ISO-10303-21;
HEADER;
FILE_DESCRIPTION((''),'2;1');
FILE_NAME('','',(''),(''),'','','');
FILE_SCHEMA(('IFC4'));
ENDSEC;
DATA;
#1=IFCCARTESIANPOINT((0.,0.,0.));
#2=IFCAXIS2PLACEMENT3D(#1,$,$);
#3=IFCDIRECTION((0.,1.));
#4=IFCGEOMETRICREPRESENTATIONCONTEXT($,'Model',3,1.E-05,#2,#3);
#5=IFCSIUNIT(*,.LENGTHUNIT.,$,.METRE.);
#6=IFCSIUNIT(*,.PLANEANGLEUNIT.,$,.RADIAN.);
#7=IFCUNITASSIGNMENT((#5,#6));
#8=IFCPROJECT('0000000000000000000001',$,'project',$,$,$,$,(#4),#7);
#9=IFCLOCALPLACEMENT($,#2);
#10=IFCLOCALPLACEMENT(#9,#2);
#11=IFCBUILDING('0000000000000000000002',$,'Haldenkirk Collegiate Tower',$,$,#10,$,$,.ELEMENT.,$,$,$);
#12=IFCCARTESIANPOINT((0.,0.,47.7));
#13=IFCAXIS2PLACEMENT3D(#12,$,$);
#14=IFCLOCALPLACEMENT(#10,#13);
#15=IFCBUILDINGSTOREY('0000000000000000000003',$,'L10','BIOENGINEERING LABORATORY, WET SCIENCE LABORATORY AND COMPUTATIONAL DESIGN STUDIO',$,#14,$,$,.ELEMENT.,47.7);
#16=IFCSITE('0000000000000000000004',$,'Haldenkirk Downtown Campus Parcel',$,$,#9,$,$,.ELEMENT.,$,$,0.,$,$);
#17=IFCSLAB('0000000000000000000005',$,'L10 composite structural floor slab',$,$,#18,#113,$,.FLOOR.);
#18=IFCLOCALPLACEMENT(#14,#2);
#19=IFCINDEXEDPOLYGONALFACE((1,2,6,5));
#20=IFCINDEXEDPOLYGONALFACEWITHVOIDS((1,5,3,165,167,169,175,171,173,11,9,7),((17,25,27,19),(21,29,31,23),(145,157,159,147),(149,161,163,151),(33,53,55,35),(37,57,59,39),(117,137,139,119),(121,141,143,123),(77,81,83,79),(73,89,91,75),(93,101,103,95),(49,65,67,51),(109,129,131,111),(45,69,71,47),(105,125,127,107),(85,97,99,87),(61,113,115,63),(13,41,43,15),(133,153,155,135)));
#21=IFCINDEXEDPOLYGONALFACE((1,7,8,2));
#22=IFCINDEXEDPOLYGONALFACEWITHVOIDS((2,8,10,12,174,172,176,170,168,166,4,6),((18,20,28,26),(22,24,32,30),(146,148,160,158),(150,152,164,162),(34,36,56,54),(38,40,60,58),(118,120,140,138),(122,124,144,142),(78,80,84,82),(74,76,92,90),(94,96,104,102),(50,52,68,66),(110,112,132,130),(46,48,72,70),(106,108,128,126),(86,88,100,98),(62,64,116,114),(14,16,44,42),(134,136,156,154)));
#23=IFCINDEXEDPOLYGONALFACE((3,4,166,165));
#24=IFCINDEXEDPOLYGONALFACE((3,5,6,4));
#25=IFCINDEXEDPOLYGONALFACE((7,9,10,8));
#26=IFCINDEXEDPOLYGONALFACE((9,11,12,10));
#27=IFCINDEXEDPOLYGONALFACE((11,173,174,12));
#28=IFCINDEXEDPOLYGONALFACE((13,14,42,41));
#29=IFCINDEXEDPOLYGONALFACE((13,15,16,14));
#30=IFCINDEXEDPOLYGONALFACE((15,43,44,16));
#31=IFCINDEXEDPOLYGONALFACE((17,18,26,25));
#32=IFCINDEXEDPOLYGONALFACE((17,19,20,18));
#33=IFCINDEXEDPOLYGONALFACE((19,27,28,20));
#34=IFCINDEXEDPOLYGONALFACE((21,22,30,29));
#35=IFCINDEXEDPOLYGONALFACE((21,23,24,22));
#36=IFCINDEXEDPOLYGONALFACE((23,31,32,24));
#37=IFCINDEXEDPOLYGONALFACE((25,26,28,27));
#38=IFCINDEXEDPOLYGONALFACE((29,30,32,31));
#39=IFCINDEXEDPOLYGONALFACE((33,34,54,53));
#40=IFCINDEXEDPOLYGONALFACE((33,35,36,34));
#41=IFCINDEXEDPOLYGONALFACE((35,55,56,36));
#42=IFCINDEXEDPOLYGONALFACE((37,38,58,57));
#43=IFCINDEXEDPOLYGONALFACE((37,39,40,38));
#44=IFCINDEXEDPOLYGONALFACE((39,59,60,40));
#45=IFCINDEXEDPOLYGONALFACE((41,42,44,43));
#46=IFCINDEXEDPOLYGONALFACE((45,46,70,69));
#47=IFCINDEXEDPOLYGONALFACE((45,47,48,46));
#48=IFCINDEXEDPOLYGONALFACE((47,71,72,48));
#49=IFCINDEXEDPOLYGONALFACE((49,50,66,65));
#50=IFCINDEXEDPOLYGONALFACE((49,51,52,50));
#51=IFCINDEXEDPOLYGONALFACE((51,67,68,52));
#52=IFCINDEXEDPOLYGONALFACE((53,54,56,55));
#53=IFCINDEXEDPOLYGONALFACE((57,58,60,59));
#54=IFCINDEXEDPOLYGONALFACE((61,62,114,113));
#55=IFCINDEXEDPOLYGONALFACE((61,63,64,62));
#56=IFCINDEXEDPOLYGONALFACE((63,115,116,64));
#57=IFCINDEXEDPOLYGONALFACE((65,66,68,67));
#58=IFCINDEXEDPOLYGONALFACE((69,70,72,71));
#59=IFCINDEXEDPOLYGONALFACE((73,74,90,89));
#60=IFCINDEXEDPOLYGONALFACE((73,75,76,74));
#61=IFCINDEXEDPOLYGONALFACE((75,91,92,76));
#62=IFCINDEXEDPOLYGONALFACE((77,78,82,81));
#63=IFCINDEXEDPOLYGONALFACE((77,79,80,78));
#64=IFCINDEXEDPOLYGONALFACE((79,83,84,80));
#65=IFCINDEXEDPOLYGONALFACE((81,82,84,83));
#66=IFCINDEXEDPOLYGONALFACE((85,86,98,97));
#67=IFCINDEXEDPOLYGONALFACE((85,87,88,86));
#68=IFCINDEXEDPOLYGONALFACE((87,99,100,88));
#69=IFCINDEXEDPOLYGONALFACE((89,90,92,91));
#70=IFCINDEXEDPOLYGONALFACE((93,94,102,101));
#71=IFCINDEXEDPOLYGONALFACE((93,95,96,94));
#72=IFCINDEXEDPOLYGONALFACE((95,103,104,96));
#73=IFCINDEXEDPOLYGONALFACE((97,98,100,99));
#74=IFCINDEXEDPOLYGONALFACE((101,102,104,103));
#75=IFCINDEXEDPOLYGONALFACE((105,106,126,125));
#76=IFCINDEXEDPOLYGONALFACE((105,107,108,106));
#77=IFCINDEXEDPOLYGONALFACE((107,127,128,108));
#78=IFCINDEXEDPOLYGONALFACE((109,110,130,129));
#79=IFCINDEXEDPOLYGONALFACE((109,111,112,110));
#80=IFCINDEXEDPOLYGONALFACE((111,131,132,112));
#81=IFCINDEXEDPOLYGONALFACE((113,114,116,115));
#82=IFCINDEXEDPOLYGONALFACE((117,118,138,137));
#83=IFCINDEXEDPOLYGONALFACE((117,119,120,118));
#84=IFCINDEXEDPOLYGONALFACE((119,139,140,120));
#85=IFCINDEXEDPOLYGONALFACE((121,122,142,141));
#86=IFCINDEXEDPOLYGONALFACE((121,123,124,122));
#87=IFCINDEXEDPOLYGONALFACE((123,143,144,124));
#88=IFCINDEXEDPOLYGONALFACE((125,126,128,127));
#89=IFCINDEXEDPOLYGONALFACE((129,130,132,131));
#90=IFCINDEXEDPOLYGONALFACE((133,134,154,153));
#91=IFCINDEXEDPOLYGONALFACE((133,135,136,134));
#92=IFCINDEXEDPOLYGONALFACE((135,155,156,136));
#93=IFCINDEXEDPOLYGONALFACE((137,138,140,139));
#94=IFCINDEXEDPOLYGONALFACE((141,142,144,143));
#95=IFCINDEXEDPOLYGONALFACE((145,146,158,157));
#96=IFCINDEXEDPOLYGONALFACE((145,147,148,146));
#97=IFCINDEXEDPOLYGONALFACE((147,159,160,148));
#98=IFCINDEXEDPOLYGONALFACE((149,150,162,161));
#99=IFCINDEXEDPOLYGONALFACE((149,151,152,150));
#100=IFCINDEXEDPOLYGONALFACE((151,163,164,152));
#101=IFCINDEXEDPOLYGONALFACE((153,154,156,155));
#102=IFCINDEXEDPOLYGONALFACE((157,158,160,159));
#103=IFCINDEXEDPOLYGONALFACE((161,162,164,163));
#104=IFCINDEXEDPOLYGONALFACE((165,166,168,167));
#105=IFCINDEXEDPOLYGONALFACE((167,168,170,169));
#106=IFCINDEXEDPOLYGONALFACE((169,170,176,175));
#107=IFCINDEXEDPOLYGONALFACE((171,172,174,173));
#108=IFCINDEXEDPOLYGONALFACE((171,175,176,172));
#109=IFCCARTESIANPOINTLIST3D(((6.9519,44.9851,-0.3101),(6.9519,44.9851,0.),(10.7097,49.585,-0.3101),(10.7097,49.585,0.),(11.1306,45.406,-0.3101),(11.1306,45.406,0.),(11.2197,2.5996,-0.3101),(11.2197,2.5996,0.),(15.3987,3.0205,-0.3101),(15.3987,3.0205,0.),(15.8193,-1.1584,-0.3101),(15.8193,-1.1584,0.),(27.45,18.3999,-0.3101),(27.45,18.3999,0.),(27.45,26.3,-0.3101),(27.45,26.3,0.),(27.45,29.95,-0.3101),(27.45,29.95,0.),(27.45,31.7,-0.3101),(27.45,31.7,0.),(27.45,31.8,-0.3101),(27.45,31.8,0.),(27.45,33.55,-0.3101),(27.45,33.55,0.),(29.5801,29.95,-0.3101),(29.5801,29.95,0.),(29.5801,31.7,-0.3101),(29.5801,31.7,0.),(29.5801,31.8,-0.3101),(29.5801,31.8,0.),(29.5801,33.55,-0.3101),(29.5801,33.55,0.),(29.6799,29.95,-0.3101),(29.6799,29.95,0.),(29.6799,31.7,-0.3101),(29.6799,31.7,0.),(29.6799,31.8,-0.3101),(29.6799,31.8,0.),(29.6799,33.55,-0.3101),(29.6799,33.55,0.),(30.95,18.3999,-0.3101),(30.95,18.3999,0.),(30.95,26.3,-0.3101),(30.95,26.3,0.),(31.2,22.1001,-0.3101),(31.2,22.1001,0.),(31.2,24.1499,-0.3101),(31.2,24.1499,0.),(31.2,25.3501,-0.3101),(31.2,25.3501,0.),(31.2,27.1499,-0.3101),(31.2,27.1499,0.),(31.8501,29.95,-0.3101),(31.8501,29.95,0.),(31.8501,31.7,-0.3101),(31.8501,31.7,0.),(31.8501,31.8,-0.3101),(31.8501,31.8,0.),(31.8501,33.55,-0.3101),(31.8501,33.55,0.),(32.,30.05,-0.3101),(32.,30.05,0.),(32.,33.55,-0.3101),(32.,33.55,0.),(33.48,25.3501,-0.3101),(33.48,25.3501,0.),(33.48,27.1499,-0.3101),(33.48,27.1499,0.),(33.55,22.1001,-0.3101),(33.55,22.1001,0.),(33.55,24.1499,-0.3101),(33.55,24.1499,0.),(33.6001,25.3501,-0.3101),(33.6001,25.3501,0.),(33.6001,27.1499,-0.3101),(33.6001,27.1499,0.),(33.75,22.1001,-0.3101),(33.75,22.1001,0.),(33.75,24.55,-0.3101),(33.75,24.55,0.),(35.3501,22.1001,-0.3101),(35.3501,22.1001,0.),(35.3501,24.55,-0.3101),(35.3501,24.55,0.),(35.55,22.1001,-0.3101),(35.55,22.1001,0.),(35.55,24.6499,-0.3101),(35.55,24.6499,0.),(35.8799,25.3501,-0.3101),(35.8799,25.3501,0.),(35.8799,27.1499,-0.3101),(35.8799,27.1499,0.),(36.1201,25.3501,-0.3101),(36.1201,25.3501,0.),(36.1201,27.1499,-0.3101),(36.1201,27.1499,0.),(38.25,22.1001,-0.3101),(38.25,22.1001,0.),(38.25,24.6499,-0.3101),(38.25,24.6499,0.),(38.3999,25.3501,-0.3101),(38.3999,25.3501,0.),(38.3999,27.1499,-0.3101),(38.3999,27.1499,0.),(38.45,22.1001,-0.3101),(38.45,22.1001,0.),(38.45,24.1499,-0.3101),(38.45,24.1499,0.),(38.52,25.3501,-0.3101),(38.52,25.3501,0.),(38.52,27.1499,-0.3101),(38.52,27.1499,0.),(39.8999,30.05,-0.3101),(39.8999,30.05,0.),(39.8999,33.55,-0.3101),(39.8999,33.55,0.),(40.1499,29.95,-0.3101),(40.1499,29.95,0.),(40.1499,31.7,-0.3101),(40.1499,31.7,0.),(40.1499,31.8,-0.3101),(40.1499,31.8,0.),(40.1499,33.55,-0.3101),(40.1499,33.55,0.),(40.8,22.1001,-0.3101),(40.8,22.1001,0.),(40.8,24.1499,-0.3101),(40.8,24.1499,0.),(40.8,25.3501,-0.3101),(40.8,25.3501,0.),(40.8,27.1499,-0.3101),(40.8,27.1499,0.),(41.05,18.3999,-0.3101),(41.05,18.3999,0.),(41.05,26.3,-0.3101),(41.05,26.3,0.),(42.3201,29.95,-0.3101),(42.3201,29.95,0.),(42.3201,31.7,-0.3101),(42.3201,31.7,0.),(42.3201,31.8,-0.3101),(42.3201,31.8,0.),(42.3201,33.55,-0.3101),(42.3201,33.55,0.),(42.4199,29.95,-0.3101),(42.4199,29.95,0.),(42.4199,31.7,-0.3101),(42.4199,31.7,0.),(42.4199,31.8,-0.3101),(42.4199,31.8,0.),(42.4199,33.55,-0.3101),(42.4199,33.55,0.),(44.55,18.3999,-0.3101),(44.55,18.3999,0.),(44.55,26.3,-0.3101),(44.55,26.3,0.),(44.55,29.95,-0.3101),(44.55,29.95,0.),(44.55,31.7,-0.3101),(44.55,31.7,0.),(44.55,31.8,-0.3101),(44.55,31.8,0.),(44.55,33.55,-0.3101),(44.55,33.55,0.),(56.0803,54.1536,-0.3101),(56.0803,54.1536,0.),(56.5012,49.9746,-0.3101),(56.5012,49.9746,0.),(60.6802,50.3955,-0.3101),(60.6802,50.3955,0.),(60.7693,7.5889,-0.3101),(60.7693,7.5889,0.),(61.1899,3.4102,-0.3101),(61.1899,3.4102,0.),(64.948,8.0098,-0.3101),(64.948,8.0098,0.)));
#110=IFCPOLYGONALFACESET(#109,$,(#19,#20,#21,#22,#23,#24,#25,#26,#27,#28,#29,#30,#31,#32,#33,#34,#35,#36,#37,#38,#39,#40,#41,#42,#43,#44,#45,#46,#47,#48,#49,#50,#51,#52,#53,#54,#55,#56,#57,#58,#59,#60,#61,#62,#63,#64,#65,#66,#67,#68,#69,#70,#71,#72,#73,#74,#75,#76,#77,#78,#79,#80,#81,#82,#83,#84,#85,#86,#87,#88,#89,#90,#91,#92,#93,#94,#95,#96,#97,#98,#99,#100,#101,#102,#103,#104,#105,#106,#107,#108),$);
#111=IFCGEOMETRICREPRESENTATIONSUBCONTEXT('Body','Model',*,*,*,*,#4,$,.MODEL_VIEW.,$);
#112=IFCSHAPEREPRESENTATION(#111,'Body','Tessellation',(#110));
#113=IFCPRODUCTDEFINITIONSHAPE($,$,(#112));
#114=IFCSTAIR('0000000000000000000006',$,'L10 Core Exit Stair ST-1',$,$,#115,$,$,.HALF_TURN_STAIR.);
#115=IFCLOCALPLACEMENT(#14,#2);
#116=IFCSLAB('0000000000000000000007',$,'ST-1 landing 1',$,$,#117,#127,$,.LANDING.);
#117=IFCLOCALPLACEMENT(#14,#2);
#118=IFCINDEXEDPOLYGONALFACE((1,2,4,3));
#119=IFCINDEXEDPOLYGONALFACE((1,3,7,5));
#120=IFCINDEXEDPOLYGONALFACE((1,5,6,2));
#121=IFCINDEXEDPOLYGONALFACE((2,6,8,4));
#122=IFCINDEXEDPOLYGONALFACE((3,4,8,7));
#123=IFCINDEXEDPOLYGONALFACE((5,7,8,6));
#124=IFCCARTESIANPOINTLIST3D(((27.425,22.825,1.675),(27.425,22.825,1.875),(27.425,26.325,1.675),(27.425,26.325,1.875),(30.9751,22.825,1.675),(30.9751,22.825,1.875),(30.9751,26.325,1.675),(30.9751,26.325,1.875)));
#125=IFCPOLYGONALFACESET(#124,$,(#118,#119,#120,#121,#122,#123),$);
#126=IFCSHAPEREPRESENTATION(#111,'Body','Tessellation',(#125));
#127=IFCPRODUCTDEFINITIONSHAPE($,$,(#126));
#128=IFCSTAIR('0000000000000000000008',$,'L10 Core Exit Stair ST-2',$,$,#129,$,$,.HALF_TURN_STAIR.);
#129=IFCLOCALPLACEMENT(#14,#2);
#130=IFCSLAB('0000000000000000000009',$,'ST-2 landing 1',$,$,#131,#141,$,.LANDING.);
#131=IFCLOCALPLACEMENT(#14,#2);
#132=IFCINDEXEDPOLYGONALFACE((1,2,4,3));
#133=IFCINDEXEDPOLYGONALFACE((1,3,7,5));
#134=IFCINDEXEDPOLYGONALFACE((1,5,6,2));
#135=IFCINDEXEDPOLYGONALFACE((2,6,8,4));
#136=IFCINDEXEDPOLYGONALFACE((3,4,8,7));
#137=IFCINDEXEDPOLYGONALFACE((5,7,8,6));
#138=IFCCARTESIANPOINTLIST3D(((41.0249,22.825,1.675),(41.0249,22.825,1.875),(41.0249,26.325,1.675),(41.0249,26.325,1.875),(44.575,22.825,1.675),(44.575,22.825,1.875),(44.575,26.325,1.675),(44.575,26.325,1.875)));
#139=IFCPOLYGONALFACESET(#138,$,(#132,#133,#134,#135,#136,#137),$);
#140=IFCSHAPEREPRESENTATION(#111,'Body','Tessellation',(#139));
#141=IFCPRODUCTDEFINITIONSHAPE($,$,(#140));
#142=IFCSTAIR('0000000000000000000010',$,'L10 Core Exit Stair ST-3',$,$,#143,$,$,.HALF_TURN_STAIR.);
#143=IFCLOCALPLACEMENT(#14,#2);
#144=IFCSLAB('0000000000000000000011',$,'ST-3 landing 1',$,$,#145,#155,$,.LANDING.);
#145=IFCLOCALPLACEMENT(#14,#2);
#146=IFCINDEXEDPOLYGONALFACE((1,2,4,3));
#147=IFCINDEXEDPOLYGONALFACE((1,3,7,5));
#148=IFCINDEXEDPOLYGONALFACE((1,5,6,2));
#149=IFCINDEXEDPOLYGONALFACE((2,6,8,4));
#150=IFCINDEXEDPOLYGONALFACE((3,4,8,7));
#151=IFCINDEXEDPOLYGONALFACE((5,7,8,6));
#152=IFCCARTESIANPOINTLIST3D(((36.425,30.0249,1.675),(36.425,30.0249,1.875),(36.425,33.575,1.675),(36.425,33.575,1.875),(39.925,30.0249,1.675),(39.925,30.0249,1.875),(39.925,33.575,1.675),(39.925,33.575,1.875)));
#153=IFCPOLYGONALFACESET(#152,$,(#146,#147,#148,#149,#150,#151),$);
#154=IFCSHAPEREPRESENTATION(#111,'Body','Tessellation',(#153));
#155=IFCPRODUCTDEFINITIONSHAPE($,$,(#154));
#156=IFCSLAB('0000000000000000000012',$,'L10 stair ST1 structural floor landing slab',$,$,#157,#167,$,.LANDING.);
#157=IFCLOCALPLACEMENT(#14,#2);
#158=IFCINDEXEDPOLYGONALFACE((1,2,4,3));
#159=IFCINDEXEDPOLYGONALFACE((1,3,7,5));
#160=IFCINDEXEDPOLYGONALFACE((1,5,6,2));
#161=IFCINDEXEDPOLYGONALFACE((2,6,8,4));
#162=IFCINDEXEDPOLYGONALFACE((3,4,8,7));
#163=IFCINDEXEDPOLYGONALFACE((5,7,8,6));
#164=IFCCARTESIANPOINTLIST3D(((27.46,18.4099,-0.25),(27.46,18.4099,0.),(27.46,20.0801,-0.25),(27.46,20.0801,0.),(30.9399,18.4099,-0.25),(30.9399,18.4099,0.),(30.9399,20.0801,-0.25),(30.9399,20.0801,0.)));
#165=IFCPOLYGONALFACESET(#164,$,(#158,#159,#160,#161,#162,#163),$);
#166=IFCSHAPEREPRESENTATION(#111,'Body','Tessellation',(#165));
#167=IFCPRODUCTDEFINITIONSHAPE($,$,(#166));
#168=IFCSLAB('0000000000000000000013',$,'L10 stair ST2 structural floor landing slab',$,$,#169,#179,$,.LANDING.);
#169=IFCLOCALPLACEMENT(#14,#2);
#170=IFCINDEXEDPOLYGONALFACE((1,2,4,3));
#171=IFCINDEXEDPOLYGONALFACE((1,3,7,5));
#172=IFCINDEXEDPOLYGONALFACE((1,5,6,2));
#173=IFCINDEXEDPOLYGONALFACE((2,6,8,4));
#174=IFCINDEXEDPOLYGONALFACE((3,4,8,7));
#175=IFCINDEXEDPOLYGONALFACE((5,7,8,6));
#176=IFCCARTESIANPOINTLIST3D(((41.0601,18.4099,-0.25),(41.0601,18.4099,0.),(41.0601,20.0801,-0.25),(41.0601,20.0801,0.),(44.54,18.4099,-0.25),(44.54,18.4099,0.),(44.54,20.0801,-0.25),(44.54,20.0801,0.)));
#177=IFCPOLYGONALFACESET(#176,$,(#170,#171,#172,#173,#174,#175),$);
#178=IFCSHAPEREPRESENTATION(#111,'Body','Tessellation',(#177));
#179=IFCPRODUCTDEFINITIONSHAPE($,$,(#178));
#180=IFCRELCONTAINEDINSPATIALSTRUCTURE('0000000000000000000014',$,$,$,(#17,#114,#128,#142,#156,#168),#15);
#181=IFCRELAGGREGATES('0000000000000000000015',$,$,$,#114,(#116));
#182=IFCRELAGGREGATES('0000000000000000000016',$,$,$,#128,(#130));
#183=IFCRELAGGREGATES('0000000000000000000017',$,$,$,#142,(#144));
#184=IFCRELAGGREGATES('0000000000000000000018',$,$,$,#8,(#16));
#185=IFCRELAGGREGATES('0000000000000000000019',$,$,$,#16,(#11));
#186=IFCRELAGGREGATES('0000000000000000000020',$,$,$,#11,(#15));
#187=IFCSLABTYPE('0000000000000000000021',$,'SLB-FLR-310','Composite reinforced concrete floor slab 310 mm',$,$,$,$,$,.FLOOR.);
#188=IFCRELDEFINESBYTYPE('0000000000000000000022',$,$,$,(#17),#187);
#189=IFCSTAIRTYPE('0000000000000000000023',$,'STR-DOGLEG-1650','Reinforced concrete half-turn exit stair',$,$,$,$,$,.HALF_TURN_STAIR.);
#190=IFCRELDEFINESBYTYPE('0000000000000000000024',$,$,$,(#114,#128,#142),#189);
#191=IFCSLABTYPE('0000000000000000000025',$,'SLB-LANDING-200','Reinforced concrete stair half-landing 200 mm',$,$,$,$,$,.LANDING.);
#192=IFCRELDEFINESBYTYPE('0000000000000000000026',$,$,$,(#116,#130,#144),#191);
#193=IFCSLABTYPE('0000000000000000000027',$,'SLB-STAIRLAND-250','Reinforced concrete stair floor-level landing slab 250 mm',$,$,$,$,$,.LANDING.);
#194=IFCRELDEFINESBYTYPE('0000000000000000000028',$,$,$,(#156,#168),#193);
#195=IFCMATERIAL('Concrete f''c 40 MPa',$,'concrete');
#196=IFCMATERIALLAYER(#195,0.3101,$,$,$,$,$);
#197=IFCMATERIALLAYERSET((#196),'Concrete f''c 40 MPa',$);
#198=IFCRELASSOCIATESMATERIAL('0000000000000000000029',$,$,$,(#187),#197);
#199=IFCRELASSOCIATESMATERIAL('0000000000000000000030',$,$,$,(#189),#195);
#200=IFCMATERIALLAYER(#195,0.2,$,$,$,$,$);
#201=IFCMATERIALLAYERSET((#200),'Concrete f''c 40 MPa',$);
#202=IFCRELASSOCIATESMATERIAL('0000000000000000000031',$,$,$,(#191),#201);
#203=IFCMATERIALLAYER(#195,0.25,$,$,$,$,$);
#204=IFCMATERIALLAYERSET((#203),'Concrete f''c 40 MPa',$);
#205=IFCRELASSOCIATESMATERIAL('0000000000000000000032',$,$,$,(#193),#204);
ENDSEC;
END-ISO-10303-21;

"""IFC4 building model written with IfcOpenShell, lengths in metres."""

from ifc_helpers import new_model, si_unit, direction, frame, origin, place, context, subcontext, project, spatial, polyline, outline, extrude, material, layer, layer_set, type_object, element, aggregate, save


model = new_model("IFC4")

# Units and contexts
model_context = context("Model", 3, precision=1e-05, world=origin(), true_north=direction((0.0, 1.0)))
body_context = subcontext(model_context, "Body", "Model", "MODEL_VIEW")
ifc_project = project(units=[si_unit("LENGTHUNIT", "METRE"), si_unit("PLANEANGLEUNIT", "RADIAN")], contexts=[model_context])

# Site, building, storey
site_placement = place(None, origin())
site = spatial("IfcSite", under=ifc_project, at=site_placement, Name="Haldenkirk Downtown Campus Parcel", CompositionType="ELEMENT", RefElevation=0.0)
building_placement = place(site_placement, origin())
building = spatial("IfcBuilding", under=site, at=building_placement, Name="Haldenkirk Collegiate Tower", CompositionType="ELEMENT")
storey_placement = place(building_placement, frame((0.0, 0.0, 47.7)))
storey = spatial("IfcBuildingStorey", under=building, at=storey_placement, Name="L10", Description="BIOENGINEERING LABORATORY, WET SCIENCE LABORATORY AND COMPUTATIONAL DESIGN STUDIO", CompositionType="ELEMENT", Elevation=47.7)

# Slab
ifc_material_1 = material(Name="Concrete f'c 40 MPa", Category="concrete")
ifc_layer_1 = layer(ifc_material_1, 0.3101)
ifc_layer_set_1 = layer_set([ifc_layer_1], Name="Concrete f'c 40 MPa")
slab_type_1 = type_object("IfcSlabType", Name="SLB-FLR-310", Description="Composite reinforced concrete floor slab 310 mm", PredefinedType="FLOOR", material=ifc_layer_set_1)
slab_1_placement = place(storey_placement, frame((0.0, 0.0, -0.3101)))
element("IfcSlab", 1, at=slab_1_placement, inside=storey, type_object=slab_type_1, Name="L10 composite structural floor slab", PredefinedType="FLOOR", context=body_context, shape_type="SweptSolid", body=[
    extrude(outline(polyline([(15.8193, -1.1584), (61.1899, 3.4102), (60.7693, 7.5889), (64.948, 8.0098), (60.6802, 50.3955), (56.5012, 49.9746), (56.0803, 54.1536), (10.7097, 49.585), (11.1306, 45.406), (6.9519, 44.9851), (11.2197, 2.5996), (15.3987, 3.0205), (15.8193, -1.1584)]), holes=[polyline([(27.45, 18.3999), (30.95, 18.3999), (30.95, 26.3), (27.45, 26.3), (27.45, 18.3999)]), polyline([(41.05, 18.3999), (44.55, 18.3999), (44.55, 26.3), (41.05, 26.3), (41.05, 18.3999)]), polyline([(32.0, 30.05), (39.8999, 30.05), (39.8999, 33.55), (32.0, 33.55), (32.0, 30.05)]), polyline([(33.75, 22.1001), (35.3501, 22.1001), (35.3501, 24.55), (33.75, 24.55), (33.75, 22.1001)]), polyline([(27.45, 29.95), (29.5801, 29.95), (29.5801, 31.7), (27.45, 31.7), (27.45, 29.95)]), polyline([(29.6799, 29.95), (31.8501, 29.95), (31.8501, 31.7), (29.6799, 31.7), (29.6799, 29.95)]), polyline([(27.45, 31.8), (29.5801, 31.8), (29.5801, 33.55), (27.45, 33.55), (27.45, 31.8)]), polyline([(29.6799, 31.8), (31.8501, 31.8), (31.8501, 33.55), (29.6799, 33.55), (29.6799, 31.8)]), polyline([(40.1499, 29.95), (42.3201, 29.95), (42.3201, 31.7), (40.1499, 31.7), (40.1499, 29.95)]), polyline([(42.4199, 29.95), (44.55, 29.95), (44.55, 31.7), (42.4199, 31.7), (42.4199, 29.95)]), polyline([(40.1499, 31.8), (42.3201, 31.8), (42.3201, 33.55), (40.1499, 33.55), (40.1499, 31.8)]), polyline([(42.4199, 31.8), (44.55, 31.8), (44.55, 33.55), (42.4199, 33.55), (42.4199, 31.8)]), polyline([(31.2, 25.3501), (33.48, 25.3501), (33.48, 27.1499), (31.2, 27.1499), (31.2, 25.3501)]), polyline([(33.6001, 25.3501), (35.8799, 25.3501), (35.8799, 27.1499), (33.6001, 27.1499), (33.6001, 25.3501)]), polyline([(36.1201, 25.3501), (38.3999, 25.3501), (38.3999, 27.1499), (36.1201, 27.1499), (36.1201, 25.3501)]), polyline([(38.52, 25.3501), (40.8, 25.3501), (40.8, 27.1499), (38.52, 27.1499), (38.52, 25.3501)]), polyline([(31.2, 22.1001), (33.55, 22.1001), (33.55, 24.1499), (31.2, 24.1499), (31.2, 22.1001)]), polyline([(38.45, 22.1001), (40.8, 22.1001), (40.8, 24.1499), (38.45, 24.1499), (38.45, 22.1001)]), polyline([(35.55, 22.1001), (38.25, 22.1001), (38.25, 24.6499), (35.55, 24.6499), (35.55, 22.1001)])]), origin(), (0.0, 0.0, 1.0), 0.3101),
])

# Stairs, slabs
stair_type = type_object("IfcStairType", Name="STR-DOGLEG-1650", Description="Reinforced concrete half-turn exit stair", PredefinedType="HALF_TURN_STAIR", material=ifc_material_1)
stair_1_placement = place(storey_placement, origin())
stair_1 = element("IfcStair", 2, at=stair_1_placement, inside=storey, type_object=stair_type, Name="L10 Core Exit Stair ST-1", PredefinedType="HALF_TURN_STAIR")
ifc_layer_2 = layer(ifc_material_1, 0.2)
ifc_layer_set_2 = layer_set([ifc_layer_2], Name="Concrete f'c 40 MPa")
slab_type_2 = type_object("IfcSlabType", Name="SLB-LANDING-200", Description="Reinforced concrete stair half-landing 200 mm", PredefinedType="LANDING", material=ifc_layer_set_2)
slab_2_placement = place(storey_placement, frame((0.0, 0.0, 1.675)))
slab_2 = element("IfcSlab", 3, at=slab_2_placement, type_object=slab_type_2, Name="ST-1 landing 1", PredefinedType="LANDING", context=body_context, shape_type="SweptSolid", body=[
    extrude(outline(polyline([(30.9751, 22.825), (27.425, 22.825), (27.425, 26.325), (30.9751, 26.325), (30.9751, 22.825)])), origin(), (0.0, 0.0, 1.0), 0.2),
])
aggregate(stair_1, [slab_2])
stair_2_placement = place(storey_placement, origin())
stair_2 = element("IfcStair", 4, at=stair_2_placement, inside=storey, type_object=stair_type, Name="L10 Core Exit Stair ST-2", PredefinedType="HALF_TURN_STAIR")
slab_3_placement = place(storey_placement, frame((0.0, 0.0, 1.675)))
slab_3 = element("IfcSlab", 5, at=slab_3_placement, type_object=slab_type_2, Name="ST-2 landing 1", PredefinedType="LANDING", context=body_context, shape_type="SweptSolid", body=[
    extrude(outline(polyline([(44.575, 22.825), (41.0249, 22.825), (41.0249, 26.325), (44.575, 26.325), (44.575, 22.825)])), origin(), (0.0, 0.0, 1.0), 0.2),
])
aggregate(stair_2, [slab_3])
stair_3_placement = place(storey_placement, origin())
stair_3 = element("IfcStair", 6, at=stair_3_placement, inside=storey, type_object=stair_type, Name="L10 Core Exit Stair ST-3", PredefinedType="HALF_TURN_STAIR")
slab_4_placement = place(storey_placement, frame((0.0, 0.0, 1.675)))
slab_4 = element("IfcSlab", 7, at=slab_4_placement, type_object=slab_type_2, Name="ST-3 landing 1", PredefinedType="LANDING", context=body_context, shape_type="SweptSolid", body=[
    extrude(outline(polyline([(36.425, 30.0249), (36.425, 33.575), (39.925, 33.575), (39.925, 30.0249), (36.425, 30.0249)])), origin(), (0.0, 0.0, 1.0), 0.2),
])
aggregate(stair_3, [slab_4])

# Slabs
ifc_layer_3 = layer(ifc_material_1, 0.25)
ifc_layer_set_3 = layer_set([ifc_layer_3], Name="Concrete f'c 40 MPa")
slab_type_3 = type_object("IfcSlabType", Name="SLB-STAIRLAND-250", Description="Reinforced concrete stair floor-level landing slab 250 mm", PredefinedType="LANDING", material=ifc_layer_set_3)
slab_5_placement = place(storey_placement, frame((0.0, 0.0, -0.25)))
element("IfcSlab", 8, at=slab_5_placement, inside=storey, type_object=slab_type_3, Name="L10 stair ST1 structural floor landing slab", PredefinedType="LANDING", context=body_context, shape_type="SweptSolid", body=[
    extrude(outline(polyline([(27.46, 18.4099), (30.9399, 18.4099), (30.9399, 20.0801), (27.46, 20.0801), (27.46, 18.4099)])), origin(), (0.0, 0.0, 1.0), 0.25),
])
slab_6_placement = place(storey_placement, frame((0.0, 0.0, -0.25)))
element("IfcSlab", 9, at=slab_6_placement, inside=storey, type_object=slab_type_3, Name="L10 stair ST2 structural floor landing slab", PredefinedType="LANDING", context=body_context, shape_type="SweptSolid", body=[
    extrude(outline(polyline([(41.0601, 18.4099), (44.54, 18.4099), (44.54, 20.0801), (41.0601, 20.0801), (41.0601, 18.4099)])), origin(), (0.0, 0.0, 1.0), 0.25),
])

save(model, "model.ifc")
